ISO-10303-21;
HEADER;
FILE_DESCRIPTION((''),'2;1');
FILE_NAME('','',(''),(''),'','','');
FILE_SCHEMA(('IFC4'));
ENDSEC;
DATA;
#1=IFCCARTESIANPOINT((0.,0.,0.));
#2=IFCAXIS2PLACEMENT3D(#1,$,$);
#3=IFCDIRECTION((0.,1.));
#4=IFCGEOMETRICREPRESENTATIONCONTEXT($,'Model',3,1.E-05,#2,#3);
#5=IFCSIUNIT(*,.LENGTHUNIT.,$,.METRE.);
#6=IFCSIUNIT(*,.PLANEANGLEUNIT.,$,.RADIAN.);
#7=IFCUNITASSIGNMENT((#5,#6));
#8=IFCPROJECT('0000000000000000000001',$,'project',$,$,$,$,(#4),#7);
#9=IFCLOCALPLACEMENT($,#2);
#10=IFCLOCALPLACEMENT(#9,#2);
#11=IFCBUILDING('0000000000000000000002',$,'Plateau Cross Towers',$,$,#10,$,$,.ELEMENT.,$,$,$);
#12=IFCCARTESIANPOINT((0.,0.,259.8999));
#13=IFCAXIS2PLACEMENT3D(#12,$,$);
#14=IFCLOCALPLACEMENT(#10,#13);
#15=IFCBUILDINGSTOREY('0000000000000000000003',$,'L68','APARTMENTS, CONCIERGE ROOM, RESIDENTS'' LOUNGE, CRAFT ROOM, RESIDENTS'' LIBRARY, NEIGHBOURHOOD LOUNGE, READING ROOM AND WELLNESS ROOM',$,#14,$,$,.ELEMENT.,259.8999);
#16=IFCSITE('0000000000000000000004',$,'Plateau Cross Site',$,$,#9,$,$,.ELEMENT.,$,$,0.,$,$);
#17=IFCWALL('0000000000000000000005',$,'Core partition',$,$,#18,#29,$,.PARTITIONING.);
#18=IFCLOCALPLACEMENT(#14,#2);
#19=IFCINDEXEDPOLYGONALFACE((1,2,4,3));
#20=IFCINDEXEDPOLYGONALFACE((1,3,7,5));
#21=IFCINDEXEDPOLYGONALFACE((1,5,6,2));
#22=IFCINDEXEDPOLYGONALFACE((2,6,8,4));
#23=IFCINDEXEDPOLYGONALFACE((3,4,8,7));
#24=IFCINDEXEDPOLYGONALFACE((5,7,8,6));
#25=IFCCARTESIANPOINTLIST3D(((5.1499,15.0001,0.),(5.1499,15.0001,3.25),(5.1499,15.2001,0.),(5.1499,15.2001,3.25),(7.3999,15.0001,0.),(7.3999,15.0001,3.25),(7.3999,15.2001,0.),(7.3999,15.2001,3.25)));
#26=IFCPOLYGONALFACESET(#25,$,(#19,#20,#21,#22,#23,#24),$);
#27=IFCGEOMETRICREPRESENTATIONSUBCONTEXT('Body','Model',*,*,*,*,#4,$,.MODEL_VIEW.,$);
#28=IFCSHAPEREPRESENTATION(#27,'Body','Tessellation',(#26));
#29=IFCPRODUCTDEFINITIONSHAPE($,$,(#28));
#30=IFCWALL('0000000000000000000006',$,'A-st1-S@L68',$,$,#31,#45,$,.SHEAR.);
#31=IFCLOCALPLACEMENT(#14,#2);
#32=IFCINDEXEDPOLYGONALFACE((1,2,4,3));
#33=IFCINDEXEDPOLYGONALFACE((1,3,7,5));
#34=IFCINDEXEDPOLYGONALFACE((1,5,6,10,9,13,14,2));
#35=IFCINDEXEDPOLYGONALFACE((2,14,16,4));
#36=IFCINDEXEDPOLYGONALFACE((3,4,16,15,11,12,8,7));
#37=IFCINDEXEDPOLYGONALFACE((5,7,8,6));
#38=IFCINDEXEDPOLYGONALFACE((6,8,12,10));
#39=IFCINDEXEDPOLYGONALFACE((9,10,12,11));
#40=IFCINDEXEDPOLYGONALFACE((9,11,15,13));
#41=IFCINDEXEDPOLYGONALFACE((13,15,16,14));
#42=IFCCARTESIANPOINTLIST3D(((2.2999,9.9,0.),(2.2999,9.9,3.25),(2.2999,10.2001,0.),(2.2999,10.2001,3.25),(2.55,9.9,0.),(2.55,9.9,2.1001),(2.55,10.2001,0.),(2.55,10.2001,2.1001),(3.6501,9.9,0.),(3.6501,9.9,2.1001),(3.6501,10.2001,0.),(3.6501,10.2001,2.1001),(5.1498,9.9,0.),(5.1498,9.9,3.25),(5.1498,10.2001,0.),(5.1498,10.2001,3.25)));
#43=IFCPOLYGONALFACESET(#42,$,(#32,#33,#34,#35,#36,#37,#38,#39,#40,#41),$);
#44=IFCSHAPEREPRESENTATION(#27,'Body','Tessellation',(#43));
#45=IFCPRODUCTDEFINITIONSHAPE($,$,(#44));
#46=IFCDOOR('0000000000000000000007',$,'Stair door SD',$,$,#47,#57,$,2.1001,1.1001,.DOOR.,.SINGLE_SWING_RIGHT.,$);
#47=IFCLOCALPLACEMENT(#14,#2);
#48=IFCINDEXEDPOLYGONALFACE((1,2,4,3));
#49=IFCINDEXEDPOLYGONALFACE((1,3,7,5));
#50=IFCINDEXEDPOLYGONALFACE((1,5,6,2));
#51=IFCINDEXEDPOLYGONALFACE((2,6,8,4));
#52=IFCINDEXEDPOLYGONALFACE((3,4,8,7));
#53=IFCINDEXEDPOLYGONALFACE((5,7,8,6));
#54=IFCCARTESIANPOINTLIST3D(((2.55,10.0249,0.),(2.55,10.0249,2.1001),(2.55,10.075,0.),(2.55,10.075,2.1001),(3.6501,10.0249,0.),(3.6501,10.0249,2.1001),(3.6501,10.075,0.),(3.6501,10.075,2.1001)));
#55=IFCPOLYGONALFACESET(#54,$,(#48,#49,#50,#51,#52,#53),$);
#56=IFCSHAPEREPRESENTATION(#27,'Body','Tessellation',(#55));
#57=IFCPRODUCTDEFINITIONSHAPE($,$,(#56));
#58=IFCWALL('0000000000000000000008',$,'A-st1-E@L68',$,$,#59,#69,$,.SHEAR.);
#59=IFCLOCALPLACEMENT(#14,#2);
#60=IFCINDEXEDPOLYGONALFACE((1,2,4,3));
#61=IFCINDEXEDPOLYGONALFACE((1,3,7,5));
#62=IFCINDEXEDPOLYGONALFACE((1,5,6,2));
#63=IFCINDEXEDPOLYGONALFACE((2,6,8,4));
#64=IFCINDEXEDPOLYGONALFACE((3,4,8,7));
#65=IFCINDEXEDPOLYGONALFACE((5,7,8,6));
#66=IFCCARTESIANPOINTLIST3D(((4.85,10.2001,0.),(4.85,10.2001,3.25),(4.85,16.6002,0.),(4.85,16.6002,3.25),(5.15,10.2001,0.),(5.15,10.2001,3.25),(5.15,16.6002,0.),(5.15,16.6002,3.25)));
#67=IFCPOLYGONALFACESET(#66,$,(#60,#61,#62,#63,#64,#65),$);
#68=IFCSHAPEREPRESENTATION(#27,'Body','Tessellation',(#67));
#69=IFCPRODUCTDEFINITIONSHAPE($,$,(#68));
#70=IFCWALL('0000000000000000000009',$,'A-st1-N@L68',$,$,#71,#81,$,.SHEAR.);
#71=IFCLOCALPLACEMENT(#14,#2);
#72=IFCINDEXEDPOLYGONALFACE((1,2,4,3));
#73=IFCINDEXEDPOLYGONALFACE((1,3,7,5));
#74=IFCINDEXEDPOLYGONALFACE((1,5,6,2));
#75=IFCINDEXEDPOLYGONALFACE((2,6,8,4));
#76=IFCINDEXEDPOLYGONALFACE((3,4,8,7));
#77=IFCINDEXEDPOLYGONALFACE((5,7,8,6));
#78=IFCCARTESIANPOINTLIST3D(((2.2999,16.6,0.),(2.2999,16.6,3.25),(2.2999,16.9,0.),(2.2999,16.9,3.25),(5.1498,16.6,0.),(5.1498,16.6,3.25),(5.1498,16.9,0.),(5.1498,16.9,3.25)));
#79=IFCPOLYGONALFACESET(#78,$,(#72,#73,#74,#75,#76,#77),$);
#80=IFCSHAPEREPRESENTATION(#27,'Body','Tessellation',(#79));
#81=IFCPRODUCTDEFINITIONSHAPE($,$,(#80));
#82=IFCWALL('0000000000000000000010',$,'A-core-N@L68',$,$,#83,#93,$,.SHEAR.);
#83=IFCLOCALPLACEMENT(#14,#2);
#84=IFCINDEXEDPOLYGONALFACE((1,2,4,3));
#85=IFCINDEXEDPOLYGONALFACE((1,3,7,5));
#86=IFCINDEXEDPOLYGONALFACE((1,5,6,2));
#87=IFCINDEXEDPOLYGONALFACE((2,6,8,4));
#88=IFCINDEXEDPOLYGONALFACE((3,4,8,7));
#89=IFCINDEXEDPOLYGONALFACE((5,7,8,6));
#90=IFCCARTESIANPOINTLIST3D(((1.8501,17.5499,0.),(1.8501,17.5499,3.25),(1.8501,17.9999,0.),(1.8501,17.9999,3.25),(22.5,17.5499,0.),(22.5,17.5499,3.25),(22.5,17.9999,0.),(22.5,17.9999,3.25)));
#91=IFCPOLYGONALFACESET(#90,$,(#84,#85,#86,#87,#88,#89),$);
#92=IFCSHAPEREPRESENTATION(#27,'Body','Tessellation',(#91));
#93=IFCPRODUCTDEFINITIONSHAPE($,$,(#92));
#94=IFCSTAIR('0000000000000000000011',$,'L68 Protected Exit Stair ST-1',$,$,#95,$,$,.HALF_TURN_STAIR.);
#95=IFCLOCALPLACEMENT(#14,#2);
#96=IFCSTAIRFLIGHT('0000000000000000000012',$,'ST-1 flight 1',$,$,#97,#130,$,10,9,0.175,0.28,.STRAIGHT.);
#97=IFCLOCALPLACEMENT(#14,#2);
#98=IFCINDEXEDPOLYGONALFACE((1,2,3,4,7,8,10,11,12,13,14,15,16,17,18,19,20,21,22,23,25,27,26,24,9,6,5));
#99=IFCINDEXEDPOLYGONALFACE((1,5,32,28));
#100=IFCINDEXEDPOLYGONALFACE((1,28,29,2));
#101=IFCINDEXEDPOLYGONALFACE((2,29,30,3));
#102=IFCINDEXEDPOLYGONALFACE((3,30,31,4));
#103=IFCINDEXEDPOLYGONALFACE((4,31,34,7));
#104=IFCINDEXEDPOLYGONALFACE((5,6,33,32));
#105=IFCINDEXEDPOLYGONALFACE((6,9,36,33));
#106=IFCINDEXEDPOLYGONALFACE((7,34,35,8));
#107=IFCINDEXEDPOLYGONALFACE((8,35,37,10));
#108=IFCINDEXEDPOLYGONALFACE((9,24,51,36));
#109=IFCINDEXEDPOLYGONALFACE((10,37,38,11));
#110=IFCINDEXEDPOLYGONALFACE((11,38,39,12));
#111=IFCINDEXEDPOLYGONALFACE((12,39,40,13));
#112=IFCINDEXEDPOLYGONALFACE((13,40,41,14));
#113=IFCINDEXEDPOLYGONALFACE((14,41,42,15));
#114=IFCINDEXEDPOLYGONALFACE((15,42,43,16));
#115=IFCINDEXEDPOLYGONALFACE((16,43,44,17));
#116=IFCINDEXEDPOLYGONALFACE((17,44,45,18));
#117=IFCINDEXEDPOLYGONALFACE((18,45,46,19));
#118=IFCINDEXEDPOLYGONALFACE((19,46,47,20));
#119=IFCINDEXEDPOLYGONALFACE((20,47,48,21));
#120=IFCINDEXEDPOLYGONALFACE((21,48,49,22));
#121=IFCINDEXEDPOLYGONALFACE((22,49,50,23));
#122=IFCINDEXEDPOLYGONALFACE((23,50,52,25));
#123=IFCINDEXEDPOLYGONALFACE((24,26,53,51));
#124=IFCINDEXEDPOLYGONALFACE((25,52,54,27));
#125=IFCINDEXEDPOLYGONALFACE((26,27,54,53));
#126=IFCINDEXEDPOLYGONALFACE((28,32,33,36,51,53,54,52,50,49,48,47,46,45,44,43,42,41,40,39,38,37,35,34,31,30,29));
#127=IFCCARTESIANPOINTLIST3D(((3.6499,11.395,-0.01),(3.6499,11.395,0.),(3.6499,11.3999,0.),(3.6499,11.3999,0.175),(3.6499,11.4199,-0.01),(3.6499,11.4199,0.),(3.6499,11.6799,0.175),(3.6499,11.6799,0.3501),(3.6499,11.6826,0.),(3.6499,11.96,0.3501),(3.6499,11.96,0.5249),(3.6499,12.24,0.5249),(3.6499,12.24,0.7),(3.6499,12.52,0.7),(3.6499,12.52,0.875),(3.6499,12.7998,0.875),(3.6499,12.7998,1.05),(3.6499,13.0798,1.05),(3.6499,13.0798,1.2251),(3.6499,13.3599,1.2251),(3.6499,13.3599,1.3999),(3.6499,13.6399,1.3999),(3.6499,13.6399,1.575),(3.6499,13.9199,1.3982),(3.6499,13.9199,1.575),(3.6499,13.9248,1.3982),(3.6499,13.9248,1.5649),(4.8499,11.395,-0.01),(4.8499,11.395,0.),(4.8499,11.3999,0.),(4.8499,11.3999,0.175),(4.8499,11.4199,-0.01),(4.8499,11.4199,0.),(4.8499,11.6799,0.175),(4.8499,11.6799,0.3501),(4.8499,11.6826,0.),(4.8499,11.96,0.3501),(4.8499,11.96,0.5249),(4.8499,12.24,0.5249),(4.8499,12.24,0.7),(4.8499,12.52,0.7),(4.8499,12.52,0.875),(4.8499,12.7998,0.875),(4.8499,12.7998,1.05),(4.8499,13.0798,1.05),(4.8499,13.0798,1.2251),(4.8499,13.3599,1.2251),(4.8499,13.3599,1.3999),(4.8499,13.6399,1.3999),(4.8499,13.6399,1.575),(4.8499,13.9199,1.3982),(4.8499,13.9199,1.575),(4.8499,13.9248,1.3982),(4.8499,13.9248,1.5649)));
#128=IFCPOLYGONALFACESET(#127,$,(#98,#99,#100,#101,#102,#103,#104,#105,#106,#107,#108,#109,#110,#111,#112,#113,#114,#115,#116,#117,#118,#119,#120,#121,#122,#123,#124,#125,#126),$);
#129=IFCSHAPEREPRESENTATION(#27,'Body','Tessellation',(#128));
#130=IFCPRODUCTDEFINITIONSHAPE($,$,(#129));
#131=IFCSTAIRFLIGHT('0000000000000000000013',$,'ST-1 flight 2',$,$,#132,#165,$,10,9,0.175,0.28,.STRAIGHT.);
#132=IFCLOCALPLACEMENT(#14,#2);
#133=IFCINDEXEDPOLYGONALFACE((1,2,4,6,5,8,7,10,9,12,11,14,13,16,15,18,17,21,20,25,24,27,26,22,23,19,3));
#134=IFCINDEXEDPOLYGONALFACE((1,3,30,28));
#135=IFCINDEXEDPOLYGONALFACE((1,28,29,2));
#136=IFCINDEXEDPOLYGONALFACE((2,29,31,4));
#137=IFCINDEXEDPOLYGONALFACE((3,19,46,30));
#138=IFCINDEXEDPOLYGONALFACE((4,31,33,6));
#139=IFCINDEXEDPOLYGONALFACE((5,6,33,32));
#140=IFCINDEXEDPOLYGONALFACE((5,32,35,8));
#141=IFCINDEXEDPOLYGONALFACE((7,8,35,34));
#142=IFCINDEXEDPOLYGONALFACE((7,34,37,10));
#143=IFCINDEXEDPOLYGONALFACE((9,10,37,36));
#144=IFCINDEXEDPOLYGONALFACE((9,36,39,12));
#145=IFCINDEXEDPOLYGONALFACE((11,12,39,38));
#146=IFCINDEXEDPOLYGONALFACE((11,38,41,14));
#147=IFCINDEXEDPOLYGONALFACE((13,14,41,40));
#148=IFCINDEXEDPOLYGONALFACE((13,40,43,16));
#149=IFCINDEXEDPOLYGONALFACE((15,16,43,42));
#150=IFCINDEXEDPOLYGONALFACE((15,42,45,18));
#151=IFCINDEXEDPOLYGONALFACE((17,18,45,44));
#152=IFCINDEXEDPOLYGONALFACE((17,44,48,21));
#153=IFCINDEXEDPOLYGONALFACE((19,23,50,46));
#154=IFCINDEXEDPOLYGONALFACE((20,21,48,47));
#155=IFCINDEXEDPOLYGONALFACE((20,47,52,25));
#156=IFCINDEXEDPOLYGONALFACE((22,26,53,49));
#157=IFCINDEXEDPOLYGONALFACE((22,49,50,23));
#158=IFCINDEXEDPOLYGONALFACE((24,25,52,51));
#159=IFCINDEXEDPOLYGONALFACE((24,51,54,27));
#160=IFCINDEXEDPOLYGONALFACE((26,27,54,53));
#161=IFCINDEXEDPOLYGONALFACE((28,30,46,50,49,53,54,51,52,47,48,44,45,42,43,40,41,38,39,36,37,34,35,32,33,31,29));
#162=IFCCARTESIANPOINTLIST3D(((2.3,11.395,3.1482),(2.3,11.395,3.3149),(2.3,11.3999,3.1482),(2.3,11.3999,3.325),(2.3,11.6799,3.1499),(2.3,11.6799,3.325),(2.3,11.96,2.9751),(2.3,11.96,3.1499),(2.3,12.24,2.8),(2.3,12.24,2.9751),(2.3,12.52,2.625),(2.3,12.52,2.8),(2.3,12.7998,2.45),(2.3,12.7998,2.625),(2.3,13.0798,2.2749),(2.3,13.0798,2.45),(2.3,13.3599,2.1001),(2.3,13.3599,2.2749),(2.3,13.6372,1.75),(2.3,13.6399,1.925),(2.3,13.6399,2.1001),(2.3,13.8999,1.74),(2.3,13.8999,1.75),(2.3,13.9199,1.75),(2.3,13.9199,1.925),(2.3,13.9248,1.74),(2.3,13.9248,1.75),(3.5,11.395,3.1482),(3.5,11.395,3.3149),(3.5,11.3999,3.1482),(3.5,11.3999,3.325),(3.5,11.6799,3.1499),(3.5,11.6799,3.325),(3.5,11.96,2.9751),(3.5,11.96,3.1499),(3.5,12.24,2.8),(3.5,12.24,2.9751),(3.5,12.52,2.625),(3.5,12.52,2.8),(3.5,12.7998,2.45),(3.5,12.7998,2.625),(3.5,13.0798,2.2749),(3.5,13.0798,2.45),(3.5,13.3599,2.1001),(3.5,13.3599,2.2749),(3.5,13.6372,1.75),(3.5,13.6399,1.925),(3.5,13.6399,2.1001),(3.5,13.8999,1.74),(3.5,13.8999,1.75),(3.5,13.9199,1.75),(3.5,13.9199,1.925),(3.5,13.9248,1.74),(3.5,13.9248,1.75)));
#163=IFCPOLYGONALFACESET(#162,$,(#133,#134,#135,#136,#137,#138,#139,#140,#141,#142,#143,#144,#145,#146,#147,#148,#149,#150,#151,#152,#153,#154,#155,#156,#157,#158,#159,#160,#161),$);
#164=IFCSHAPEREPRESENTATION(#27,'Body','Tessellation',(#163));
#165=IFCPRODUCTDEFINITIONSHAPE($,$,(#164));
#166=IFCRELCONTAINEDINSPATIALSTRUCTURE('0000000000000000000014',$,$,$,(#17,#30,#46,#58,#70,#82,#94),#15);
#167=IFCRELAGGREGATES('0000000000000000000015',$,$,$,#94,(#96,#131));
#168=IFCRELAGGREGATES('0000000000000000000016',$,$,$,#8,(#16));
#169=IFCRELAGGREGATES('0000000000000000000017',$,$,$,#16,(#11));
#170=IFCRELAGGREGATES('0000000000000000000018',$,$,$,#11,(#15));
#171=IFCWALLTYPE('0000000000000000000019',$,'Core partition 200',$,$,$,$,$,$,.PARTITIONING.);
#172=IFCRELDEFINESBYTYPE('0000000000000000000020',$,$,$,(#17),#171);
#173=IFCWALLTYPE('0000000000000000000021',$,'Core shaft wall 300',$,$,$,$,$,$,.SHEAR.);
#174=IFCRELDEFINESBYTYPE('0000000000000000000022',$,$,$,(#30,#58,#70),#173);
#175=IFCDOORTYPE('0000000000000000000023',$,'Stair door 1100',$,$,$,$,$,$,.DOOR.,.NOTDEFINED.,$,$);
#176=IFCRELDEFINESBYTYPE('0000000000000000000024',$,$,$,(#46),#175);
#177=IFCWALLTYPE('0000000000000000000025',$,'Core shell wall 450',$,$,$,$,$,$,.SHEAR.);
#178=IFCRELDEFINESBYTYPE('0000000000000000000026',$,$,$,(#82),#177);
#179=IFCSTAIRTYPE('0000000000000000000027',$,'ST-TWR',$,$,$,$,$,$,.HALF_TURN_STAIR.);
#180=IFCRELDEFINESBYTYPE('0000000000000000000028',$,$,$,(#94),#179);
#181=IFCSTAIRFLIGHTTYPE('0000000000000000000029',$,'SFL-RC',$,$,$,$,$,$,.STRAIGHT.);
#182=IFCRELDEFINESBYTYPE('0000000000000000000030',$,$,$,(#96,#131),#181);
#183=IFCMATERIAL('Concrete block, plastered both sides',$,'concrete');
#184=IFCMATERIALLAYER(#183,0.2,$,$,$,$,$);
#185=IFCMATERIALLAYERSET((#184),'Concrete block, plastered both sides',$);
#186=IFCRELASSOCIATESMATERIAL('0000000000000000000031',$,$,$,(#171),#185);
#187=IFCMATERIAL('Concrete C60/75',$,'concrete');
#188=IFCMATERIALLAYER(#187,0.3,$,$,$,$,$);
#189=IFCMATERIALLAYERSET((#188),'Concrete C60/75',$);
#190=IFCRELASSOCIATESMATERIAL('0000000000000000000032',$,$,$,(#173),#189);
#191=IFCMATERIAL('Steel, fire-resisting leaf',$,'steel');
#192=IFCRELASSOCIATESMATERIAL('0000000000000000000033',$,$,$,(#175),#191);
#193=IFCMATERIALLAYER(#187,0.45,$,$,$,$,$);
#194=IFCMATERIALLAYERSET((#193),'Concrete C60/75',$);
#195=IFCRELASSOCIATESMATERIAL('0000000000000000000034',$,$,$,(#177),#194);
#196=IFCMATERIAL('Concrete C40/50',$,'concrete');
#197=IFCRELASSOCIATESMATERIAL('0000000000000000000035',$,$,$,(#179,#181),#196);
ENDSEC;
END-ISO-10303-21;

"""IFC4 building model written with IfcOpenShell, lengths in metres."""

from ifc_helpers import new_model, si_unit, direction, frame, frame_2d, origin, place, context, subcontext, project, spatial, polyline, rectangle, outline, extrude, material, layer, layer_set, type_object, element, fill, aggregate, save


model = new_model("IFC4")

# Units and contexts
model_context = context("Model", 3, precision=1e-05, world=origin(), true_north=direction((0.0, 1.0)))
body_context = subcontext(model_context, "Body", "Model", "MODEL_VIEW")
ifc_project = project(units=[si_unit("LENGTHUNIT", "METRE"), si_unit("PLANEANGLEUNIT", "RADIAN")], contexts=[model_context])

# Site, building, storey
site_placement = place(None, origin())
site = spatial("IfcSite", under=ifc_project, at=site_placement, Name="Plateau Cross Site", CompositionType="ELEMENT", RefElevation=0.0)
building_placement = place(site_placement, origin())
building = spatial("IfcBuilding", under=site, at=building_placement, Name="Plateau Cross Towers", CompositionType="ELEMENT")
storey_placement = place(building_placement, frame((0.0, 0.0, 259.8999)))
storey = spatial("IfcBuildingStorey", under=building, at=storey_placement, Name="L68", Description="APARTMENTS, CONCIERGE ROOM, RESIDENTS' LOUNGE, CRAFT ROOM, RESIDENTS' LIBRARY, NEIGHBOURHOOD LOUNGE, READING ROOM AND WELLNESS ROOM", CompositionType="ELEMENT", Elevation=259.8999)

# Shared definitions
ifc_material_1 = material(Name="Concrete C60/75", Category="concrete")

# Wall
ifc_material_2 = material(Name="Concrete block, plastered both sides", Category="concrete")
ifc_layer_1 = layer(ifc_material_2, 0.2)
ifc_layer_set_1 = layer_set([ifc_layer_1], Name="Concrete block, plastered both sides")
wall_type_1 = type_object("IfcWallType", Name="Core partition 200", PredefinedType="PARTITIONING", material=ifc_layer_set_1)
for number, where, z_axis, x_axis, name in (
    (1, (5.1499, 15.1001, 0.0), (0.0, 0.0, 1.0), (1.0, 0.0, 0.0), "Core partition"),
):
    element("IfcWall", number, at=place(storey_placement, frame(where, z_axis=z_axis, x_axis=x_axis)), inside=storey, type_object=wall_type_1, Name=name, PredefinedType="PARTITIONING", context=body_context, shape_type="SweptSolid", body=[
        extrude(rectangle(XDim=2.25, YDim=0.2, at=frame_2d((1.125, 0.0))), origin(), (0.0, 0.0, 1.0), 3.25),
    ])

# Wall, opening, door
ifc_layer_2 = layer(ifc_material_1, 0.3)
ifc_layer_set_2 = layer_set([ifc_layer_2], Name="Concrete C60/75")
wall_type_2 = type_object("IfcWallType", Name="Core shaft wall 300", PredefinedType="SHEAR", material=ifc_layer_set_2)
wall_1_placement = place(storey_placement, frame((2.3, 10.05, 0.0), z_axis=(0.0, 0.0, 1.0), x_axis=(1.0, 0.0, 0.0)))
wall_1 = element("IfcWall", 2, at=wall_1_placement, inside=storey, type_object=wall_type_2, Name="A-st1-S@L68", PredefinedType="SHEAR", context=body_context, shape_type="SweptSolid", body=[
    extrude(rectangle(XDim=2.8499, YDim=0.3, at=frame_2d((1.4248, 0.0))), origin(), (0.0, 0.0, 1.0), 3.25),
])
opening_placement = place(wall_1_placement, frame((0.25, 0.0, 0.0)))
opening = element("IfcOpeningElement", 3, at=opening_placement, cuts=wall_1, PredefinedType="OPENING", context=body_context, shape_type="SweptSolid", body=[
    extrude(rectangle(XDim=1.1001, YDim=2.1001, at=frame_2d((0.55, 1.05))), frame((0.0, 0.1599, 0.0), z_axis=(0.0, -1.0, 0.0), x_axis=(1.0, 0.0, 0.0)), (0.0, 0.0, 1.0), 0.3201),
])
ifc_material_3 = material(Name="Steel, fire-resisting leaf", Category="steel")
door_type = type_object("IfcDoorType", Name="Stair door 1100", OperationType="NOTDEFINED", PredefinedType="DOOR", material=ifc_material_3)
door_placement = place(opening_placement, origin())
door = element("IfcDoor", 4, at=door_placement, inside=storey, type_object=door_type, Name="Stair door SD", OperationType="SINGLE_SWING_RIGHT", OverallHeight=2.1001, OverallWidth=1.1001, PredefinedType="DOOR", context=body_context, shape_type="SweptSolid", body=[
    extrude(rectangle(XDim=1.1001, YDim=2.1001, at=frame_2d((0.55, 1.05))), frame((0.0, 0.0249, 0.0), z_axis=(0.0, -1.0, 0.0), x_axis=(1.0, 0.0, 0.0)), (0.0, 0.0, 1.0), 0.05),
])
fill(opening, door)

# Walls
wall_2_placement = place(storey_placement, frame((5.0, 10.2, 0.0), z_axis=(0.0, 0.0, 1.0), x_axis=(0.0, 1.0, 0.0)))
element("IfcWall", 5, at=wall_2_placement, inside=storey, type_object=wall_type_2, Name="A-st1-E@L68", PredefinedType="SHEAR", context=body_context, shape_type="SweptSolid", body=[
    extrude(rectangle(XDim=6.4001, YDim=0.3, at=frame_2d((3.2002, 0.0))), origin(), (0.0, 0.0, 1.0), 3.25),
])
wall_3_placement = place(storey_placement, frame((2.3, 16.75, 0.0), z_axis=(0.0, 0.0, 1.0), x_axis=(1.0, 0.0, 0.0)))
element("IfcWall", 6, at=wall_3_placement, inside=storey, type_object=wall_type_2, Name="A-st1-N@L68", PredefinedType="SHEAR", context=body_context, shape_type="SweptSolid", body=[
    extrude(rectangle(XDim=2.8499, YDim=0.3, at=frame_2d((1.4248, 0.0))), origin(), (0.0, 0.0, 1.0), 3.25),
])
ifc_layer_3 = layer(ifc_material_1, 0.45)
ifc_layer_set_3 = layer_set([ifc_layer_3], Name="Concrete C60/75")
wall_type_3 = type_object("IfcWallType", Name="Core shell wall 450", PredefinedType="SHEAR", material=ifc_layer_set_3)
wall_4_placement = place(storey_placement, frame((1.8501, 17.7749, 0.0), z_axis=(0.0, 0.0, 1.0), x_axis=(1.0, 0.0, 0.0)))
element("IfcWall", 7, at=wall_4_placement, inside=storey, type_object=wall_type_3, Name="A-core-N@L68", PredefinedType="SHEAR", context=body_context, shape_type="SweptSolid", body=[
    extrude(rectangle(XDim=20.6499, YDim=0.45, at=frame_2d((10.325, 0.0))), origin(), (0.0, 0.0, 1.0), 3.25),
])

# Stair, stair flights
ifc_material_4 = material(Name="Concrete C40/50", Category="concrete")
stair_type = type_object("IfcStairType", Name="ST-TWR", PredefinedType="HALF_TURN_STAIR", material=ifc_material_4)
stair_placement = place(storey_placement, origin())
stair = element("IfcStair", 8, at=stair_placement, inside=storey, type_object=stair_type, Name="L68 Protected Exit Stair ST-1", PredefinedType="HALF_TURN_STAIR")
stair_flight_type = type_object("IfcStairFlightType", Name="SFL-RC", PredefinedType="STRAIGHT", material=ifc_material_4)
stair_flight_1_placement = place(storey_placement, frame((4.25, 11.3999, 0.0), z_axis=(0.0, 0.0, 1.0), x_axis=(0.0, 1.0, 0.0)))
stair_flight_1 = element("IfcStairFlight", 9, at=stair_flight_1_placement, type_object=stair_flight_type, Name="ST-1 flight 1", NumberOfRisers=10, NumberOfTreads=9, PredefinedType="STRAIGHT", RiserHeight=0.175, TreadLength=0.28, context=body_context, shape_type="SweptSolid", body=[
    extrude(outline(polyline([(-0.0049, -0.01), (-0.0049, 0.0), (0.0, 0.0), (0.0, 0.175), (0.28, 0.175), (0.28, 0.3501), (0.5601, 0.3501), (0.5601, 0.5249), (0.8401, 0.5249), (0.8401, 0.7), (1.1201, 0.7), (1.1201, 0.875), (1.3999, 0.875), (1.3999, 1.05), (1.6799, 1.05), (1.6799, 1.2251), (1.96, 1.2251), (1.96, 1.3999), (2.24, 1.3999), (2.24, 1.575), (2.52, 1.575), (2.5249, 1.5649), (2.5249, 1.3982), (2.52, 1.3982), (0.2827, 0.0), (0.02, 0.0), (0.02, -0.01), (-0.0049, -0.01)])), frame((0.0, 0.6001, 0.0), z_axis=(0.0, -1.0, 0.0), x_axis=(1.0, 0.0, 0.0)), (0.0, 0.0, 1.0), 1.2),
])
stair_flight_2_placement = place(storey_placement, frame((2.8999, 13.9199, 1.75), z_axis=(0.0, 0.0, 1.0), x_axis=(0.0, -1.0, 0.0)))
stair_flight_2 = element("IfcStairFlight", 10, at=stair_flight_2_placement, type_object=stair_flight_type, Name="ST-1 flight 2", NumberOfRisers=10, NumberOfTreads=9, PredefinedType="STRAIGHT", RiserHeight=0.175, TreadLength=0.28, context=body_context, shape_type="SweptSolid", body=[
    extrude(outline(polyline([(-0.0049, -0.01), (-0.0049, 0.0), (0.0, 0.0), (0.0, 0.175), (0.28, 0.175), (0.28, 0.3501), (0.5601, 0.3501), (0.5601, 0.5249), (0.8401, 0.5249), (0.8401, 0.7), (1.1201, 0.7), (1.1201, 0.875), (1.3999, 0.875), (1.3999, 1.05), (1.6799, 1.05), (1.6799, 1.2251), (1.96, 1.2251), (1.96, 1.3999), (2.24, 1.3999), (2.24, 1.575), (2.52, 1.575), (2.5249, 1.5649), (2.5249, 1.3982), (2.52, 1.3982), (0.2827, 0.0), (0.02, 0.0), (0.02, -0.01), (-0.0049, -0.01)])), frame((0.0, 0.6001, 0.0), z_axis=(0.0, -1.0, 0.0), x_axis=(1.0, 0.0, 0.0)), (0.0, 0.0, 1.0), 1.2),
])
aggregate(stair, [stair_flight_1, stair_flight_2])

save(model, "model.ifc")
